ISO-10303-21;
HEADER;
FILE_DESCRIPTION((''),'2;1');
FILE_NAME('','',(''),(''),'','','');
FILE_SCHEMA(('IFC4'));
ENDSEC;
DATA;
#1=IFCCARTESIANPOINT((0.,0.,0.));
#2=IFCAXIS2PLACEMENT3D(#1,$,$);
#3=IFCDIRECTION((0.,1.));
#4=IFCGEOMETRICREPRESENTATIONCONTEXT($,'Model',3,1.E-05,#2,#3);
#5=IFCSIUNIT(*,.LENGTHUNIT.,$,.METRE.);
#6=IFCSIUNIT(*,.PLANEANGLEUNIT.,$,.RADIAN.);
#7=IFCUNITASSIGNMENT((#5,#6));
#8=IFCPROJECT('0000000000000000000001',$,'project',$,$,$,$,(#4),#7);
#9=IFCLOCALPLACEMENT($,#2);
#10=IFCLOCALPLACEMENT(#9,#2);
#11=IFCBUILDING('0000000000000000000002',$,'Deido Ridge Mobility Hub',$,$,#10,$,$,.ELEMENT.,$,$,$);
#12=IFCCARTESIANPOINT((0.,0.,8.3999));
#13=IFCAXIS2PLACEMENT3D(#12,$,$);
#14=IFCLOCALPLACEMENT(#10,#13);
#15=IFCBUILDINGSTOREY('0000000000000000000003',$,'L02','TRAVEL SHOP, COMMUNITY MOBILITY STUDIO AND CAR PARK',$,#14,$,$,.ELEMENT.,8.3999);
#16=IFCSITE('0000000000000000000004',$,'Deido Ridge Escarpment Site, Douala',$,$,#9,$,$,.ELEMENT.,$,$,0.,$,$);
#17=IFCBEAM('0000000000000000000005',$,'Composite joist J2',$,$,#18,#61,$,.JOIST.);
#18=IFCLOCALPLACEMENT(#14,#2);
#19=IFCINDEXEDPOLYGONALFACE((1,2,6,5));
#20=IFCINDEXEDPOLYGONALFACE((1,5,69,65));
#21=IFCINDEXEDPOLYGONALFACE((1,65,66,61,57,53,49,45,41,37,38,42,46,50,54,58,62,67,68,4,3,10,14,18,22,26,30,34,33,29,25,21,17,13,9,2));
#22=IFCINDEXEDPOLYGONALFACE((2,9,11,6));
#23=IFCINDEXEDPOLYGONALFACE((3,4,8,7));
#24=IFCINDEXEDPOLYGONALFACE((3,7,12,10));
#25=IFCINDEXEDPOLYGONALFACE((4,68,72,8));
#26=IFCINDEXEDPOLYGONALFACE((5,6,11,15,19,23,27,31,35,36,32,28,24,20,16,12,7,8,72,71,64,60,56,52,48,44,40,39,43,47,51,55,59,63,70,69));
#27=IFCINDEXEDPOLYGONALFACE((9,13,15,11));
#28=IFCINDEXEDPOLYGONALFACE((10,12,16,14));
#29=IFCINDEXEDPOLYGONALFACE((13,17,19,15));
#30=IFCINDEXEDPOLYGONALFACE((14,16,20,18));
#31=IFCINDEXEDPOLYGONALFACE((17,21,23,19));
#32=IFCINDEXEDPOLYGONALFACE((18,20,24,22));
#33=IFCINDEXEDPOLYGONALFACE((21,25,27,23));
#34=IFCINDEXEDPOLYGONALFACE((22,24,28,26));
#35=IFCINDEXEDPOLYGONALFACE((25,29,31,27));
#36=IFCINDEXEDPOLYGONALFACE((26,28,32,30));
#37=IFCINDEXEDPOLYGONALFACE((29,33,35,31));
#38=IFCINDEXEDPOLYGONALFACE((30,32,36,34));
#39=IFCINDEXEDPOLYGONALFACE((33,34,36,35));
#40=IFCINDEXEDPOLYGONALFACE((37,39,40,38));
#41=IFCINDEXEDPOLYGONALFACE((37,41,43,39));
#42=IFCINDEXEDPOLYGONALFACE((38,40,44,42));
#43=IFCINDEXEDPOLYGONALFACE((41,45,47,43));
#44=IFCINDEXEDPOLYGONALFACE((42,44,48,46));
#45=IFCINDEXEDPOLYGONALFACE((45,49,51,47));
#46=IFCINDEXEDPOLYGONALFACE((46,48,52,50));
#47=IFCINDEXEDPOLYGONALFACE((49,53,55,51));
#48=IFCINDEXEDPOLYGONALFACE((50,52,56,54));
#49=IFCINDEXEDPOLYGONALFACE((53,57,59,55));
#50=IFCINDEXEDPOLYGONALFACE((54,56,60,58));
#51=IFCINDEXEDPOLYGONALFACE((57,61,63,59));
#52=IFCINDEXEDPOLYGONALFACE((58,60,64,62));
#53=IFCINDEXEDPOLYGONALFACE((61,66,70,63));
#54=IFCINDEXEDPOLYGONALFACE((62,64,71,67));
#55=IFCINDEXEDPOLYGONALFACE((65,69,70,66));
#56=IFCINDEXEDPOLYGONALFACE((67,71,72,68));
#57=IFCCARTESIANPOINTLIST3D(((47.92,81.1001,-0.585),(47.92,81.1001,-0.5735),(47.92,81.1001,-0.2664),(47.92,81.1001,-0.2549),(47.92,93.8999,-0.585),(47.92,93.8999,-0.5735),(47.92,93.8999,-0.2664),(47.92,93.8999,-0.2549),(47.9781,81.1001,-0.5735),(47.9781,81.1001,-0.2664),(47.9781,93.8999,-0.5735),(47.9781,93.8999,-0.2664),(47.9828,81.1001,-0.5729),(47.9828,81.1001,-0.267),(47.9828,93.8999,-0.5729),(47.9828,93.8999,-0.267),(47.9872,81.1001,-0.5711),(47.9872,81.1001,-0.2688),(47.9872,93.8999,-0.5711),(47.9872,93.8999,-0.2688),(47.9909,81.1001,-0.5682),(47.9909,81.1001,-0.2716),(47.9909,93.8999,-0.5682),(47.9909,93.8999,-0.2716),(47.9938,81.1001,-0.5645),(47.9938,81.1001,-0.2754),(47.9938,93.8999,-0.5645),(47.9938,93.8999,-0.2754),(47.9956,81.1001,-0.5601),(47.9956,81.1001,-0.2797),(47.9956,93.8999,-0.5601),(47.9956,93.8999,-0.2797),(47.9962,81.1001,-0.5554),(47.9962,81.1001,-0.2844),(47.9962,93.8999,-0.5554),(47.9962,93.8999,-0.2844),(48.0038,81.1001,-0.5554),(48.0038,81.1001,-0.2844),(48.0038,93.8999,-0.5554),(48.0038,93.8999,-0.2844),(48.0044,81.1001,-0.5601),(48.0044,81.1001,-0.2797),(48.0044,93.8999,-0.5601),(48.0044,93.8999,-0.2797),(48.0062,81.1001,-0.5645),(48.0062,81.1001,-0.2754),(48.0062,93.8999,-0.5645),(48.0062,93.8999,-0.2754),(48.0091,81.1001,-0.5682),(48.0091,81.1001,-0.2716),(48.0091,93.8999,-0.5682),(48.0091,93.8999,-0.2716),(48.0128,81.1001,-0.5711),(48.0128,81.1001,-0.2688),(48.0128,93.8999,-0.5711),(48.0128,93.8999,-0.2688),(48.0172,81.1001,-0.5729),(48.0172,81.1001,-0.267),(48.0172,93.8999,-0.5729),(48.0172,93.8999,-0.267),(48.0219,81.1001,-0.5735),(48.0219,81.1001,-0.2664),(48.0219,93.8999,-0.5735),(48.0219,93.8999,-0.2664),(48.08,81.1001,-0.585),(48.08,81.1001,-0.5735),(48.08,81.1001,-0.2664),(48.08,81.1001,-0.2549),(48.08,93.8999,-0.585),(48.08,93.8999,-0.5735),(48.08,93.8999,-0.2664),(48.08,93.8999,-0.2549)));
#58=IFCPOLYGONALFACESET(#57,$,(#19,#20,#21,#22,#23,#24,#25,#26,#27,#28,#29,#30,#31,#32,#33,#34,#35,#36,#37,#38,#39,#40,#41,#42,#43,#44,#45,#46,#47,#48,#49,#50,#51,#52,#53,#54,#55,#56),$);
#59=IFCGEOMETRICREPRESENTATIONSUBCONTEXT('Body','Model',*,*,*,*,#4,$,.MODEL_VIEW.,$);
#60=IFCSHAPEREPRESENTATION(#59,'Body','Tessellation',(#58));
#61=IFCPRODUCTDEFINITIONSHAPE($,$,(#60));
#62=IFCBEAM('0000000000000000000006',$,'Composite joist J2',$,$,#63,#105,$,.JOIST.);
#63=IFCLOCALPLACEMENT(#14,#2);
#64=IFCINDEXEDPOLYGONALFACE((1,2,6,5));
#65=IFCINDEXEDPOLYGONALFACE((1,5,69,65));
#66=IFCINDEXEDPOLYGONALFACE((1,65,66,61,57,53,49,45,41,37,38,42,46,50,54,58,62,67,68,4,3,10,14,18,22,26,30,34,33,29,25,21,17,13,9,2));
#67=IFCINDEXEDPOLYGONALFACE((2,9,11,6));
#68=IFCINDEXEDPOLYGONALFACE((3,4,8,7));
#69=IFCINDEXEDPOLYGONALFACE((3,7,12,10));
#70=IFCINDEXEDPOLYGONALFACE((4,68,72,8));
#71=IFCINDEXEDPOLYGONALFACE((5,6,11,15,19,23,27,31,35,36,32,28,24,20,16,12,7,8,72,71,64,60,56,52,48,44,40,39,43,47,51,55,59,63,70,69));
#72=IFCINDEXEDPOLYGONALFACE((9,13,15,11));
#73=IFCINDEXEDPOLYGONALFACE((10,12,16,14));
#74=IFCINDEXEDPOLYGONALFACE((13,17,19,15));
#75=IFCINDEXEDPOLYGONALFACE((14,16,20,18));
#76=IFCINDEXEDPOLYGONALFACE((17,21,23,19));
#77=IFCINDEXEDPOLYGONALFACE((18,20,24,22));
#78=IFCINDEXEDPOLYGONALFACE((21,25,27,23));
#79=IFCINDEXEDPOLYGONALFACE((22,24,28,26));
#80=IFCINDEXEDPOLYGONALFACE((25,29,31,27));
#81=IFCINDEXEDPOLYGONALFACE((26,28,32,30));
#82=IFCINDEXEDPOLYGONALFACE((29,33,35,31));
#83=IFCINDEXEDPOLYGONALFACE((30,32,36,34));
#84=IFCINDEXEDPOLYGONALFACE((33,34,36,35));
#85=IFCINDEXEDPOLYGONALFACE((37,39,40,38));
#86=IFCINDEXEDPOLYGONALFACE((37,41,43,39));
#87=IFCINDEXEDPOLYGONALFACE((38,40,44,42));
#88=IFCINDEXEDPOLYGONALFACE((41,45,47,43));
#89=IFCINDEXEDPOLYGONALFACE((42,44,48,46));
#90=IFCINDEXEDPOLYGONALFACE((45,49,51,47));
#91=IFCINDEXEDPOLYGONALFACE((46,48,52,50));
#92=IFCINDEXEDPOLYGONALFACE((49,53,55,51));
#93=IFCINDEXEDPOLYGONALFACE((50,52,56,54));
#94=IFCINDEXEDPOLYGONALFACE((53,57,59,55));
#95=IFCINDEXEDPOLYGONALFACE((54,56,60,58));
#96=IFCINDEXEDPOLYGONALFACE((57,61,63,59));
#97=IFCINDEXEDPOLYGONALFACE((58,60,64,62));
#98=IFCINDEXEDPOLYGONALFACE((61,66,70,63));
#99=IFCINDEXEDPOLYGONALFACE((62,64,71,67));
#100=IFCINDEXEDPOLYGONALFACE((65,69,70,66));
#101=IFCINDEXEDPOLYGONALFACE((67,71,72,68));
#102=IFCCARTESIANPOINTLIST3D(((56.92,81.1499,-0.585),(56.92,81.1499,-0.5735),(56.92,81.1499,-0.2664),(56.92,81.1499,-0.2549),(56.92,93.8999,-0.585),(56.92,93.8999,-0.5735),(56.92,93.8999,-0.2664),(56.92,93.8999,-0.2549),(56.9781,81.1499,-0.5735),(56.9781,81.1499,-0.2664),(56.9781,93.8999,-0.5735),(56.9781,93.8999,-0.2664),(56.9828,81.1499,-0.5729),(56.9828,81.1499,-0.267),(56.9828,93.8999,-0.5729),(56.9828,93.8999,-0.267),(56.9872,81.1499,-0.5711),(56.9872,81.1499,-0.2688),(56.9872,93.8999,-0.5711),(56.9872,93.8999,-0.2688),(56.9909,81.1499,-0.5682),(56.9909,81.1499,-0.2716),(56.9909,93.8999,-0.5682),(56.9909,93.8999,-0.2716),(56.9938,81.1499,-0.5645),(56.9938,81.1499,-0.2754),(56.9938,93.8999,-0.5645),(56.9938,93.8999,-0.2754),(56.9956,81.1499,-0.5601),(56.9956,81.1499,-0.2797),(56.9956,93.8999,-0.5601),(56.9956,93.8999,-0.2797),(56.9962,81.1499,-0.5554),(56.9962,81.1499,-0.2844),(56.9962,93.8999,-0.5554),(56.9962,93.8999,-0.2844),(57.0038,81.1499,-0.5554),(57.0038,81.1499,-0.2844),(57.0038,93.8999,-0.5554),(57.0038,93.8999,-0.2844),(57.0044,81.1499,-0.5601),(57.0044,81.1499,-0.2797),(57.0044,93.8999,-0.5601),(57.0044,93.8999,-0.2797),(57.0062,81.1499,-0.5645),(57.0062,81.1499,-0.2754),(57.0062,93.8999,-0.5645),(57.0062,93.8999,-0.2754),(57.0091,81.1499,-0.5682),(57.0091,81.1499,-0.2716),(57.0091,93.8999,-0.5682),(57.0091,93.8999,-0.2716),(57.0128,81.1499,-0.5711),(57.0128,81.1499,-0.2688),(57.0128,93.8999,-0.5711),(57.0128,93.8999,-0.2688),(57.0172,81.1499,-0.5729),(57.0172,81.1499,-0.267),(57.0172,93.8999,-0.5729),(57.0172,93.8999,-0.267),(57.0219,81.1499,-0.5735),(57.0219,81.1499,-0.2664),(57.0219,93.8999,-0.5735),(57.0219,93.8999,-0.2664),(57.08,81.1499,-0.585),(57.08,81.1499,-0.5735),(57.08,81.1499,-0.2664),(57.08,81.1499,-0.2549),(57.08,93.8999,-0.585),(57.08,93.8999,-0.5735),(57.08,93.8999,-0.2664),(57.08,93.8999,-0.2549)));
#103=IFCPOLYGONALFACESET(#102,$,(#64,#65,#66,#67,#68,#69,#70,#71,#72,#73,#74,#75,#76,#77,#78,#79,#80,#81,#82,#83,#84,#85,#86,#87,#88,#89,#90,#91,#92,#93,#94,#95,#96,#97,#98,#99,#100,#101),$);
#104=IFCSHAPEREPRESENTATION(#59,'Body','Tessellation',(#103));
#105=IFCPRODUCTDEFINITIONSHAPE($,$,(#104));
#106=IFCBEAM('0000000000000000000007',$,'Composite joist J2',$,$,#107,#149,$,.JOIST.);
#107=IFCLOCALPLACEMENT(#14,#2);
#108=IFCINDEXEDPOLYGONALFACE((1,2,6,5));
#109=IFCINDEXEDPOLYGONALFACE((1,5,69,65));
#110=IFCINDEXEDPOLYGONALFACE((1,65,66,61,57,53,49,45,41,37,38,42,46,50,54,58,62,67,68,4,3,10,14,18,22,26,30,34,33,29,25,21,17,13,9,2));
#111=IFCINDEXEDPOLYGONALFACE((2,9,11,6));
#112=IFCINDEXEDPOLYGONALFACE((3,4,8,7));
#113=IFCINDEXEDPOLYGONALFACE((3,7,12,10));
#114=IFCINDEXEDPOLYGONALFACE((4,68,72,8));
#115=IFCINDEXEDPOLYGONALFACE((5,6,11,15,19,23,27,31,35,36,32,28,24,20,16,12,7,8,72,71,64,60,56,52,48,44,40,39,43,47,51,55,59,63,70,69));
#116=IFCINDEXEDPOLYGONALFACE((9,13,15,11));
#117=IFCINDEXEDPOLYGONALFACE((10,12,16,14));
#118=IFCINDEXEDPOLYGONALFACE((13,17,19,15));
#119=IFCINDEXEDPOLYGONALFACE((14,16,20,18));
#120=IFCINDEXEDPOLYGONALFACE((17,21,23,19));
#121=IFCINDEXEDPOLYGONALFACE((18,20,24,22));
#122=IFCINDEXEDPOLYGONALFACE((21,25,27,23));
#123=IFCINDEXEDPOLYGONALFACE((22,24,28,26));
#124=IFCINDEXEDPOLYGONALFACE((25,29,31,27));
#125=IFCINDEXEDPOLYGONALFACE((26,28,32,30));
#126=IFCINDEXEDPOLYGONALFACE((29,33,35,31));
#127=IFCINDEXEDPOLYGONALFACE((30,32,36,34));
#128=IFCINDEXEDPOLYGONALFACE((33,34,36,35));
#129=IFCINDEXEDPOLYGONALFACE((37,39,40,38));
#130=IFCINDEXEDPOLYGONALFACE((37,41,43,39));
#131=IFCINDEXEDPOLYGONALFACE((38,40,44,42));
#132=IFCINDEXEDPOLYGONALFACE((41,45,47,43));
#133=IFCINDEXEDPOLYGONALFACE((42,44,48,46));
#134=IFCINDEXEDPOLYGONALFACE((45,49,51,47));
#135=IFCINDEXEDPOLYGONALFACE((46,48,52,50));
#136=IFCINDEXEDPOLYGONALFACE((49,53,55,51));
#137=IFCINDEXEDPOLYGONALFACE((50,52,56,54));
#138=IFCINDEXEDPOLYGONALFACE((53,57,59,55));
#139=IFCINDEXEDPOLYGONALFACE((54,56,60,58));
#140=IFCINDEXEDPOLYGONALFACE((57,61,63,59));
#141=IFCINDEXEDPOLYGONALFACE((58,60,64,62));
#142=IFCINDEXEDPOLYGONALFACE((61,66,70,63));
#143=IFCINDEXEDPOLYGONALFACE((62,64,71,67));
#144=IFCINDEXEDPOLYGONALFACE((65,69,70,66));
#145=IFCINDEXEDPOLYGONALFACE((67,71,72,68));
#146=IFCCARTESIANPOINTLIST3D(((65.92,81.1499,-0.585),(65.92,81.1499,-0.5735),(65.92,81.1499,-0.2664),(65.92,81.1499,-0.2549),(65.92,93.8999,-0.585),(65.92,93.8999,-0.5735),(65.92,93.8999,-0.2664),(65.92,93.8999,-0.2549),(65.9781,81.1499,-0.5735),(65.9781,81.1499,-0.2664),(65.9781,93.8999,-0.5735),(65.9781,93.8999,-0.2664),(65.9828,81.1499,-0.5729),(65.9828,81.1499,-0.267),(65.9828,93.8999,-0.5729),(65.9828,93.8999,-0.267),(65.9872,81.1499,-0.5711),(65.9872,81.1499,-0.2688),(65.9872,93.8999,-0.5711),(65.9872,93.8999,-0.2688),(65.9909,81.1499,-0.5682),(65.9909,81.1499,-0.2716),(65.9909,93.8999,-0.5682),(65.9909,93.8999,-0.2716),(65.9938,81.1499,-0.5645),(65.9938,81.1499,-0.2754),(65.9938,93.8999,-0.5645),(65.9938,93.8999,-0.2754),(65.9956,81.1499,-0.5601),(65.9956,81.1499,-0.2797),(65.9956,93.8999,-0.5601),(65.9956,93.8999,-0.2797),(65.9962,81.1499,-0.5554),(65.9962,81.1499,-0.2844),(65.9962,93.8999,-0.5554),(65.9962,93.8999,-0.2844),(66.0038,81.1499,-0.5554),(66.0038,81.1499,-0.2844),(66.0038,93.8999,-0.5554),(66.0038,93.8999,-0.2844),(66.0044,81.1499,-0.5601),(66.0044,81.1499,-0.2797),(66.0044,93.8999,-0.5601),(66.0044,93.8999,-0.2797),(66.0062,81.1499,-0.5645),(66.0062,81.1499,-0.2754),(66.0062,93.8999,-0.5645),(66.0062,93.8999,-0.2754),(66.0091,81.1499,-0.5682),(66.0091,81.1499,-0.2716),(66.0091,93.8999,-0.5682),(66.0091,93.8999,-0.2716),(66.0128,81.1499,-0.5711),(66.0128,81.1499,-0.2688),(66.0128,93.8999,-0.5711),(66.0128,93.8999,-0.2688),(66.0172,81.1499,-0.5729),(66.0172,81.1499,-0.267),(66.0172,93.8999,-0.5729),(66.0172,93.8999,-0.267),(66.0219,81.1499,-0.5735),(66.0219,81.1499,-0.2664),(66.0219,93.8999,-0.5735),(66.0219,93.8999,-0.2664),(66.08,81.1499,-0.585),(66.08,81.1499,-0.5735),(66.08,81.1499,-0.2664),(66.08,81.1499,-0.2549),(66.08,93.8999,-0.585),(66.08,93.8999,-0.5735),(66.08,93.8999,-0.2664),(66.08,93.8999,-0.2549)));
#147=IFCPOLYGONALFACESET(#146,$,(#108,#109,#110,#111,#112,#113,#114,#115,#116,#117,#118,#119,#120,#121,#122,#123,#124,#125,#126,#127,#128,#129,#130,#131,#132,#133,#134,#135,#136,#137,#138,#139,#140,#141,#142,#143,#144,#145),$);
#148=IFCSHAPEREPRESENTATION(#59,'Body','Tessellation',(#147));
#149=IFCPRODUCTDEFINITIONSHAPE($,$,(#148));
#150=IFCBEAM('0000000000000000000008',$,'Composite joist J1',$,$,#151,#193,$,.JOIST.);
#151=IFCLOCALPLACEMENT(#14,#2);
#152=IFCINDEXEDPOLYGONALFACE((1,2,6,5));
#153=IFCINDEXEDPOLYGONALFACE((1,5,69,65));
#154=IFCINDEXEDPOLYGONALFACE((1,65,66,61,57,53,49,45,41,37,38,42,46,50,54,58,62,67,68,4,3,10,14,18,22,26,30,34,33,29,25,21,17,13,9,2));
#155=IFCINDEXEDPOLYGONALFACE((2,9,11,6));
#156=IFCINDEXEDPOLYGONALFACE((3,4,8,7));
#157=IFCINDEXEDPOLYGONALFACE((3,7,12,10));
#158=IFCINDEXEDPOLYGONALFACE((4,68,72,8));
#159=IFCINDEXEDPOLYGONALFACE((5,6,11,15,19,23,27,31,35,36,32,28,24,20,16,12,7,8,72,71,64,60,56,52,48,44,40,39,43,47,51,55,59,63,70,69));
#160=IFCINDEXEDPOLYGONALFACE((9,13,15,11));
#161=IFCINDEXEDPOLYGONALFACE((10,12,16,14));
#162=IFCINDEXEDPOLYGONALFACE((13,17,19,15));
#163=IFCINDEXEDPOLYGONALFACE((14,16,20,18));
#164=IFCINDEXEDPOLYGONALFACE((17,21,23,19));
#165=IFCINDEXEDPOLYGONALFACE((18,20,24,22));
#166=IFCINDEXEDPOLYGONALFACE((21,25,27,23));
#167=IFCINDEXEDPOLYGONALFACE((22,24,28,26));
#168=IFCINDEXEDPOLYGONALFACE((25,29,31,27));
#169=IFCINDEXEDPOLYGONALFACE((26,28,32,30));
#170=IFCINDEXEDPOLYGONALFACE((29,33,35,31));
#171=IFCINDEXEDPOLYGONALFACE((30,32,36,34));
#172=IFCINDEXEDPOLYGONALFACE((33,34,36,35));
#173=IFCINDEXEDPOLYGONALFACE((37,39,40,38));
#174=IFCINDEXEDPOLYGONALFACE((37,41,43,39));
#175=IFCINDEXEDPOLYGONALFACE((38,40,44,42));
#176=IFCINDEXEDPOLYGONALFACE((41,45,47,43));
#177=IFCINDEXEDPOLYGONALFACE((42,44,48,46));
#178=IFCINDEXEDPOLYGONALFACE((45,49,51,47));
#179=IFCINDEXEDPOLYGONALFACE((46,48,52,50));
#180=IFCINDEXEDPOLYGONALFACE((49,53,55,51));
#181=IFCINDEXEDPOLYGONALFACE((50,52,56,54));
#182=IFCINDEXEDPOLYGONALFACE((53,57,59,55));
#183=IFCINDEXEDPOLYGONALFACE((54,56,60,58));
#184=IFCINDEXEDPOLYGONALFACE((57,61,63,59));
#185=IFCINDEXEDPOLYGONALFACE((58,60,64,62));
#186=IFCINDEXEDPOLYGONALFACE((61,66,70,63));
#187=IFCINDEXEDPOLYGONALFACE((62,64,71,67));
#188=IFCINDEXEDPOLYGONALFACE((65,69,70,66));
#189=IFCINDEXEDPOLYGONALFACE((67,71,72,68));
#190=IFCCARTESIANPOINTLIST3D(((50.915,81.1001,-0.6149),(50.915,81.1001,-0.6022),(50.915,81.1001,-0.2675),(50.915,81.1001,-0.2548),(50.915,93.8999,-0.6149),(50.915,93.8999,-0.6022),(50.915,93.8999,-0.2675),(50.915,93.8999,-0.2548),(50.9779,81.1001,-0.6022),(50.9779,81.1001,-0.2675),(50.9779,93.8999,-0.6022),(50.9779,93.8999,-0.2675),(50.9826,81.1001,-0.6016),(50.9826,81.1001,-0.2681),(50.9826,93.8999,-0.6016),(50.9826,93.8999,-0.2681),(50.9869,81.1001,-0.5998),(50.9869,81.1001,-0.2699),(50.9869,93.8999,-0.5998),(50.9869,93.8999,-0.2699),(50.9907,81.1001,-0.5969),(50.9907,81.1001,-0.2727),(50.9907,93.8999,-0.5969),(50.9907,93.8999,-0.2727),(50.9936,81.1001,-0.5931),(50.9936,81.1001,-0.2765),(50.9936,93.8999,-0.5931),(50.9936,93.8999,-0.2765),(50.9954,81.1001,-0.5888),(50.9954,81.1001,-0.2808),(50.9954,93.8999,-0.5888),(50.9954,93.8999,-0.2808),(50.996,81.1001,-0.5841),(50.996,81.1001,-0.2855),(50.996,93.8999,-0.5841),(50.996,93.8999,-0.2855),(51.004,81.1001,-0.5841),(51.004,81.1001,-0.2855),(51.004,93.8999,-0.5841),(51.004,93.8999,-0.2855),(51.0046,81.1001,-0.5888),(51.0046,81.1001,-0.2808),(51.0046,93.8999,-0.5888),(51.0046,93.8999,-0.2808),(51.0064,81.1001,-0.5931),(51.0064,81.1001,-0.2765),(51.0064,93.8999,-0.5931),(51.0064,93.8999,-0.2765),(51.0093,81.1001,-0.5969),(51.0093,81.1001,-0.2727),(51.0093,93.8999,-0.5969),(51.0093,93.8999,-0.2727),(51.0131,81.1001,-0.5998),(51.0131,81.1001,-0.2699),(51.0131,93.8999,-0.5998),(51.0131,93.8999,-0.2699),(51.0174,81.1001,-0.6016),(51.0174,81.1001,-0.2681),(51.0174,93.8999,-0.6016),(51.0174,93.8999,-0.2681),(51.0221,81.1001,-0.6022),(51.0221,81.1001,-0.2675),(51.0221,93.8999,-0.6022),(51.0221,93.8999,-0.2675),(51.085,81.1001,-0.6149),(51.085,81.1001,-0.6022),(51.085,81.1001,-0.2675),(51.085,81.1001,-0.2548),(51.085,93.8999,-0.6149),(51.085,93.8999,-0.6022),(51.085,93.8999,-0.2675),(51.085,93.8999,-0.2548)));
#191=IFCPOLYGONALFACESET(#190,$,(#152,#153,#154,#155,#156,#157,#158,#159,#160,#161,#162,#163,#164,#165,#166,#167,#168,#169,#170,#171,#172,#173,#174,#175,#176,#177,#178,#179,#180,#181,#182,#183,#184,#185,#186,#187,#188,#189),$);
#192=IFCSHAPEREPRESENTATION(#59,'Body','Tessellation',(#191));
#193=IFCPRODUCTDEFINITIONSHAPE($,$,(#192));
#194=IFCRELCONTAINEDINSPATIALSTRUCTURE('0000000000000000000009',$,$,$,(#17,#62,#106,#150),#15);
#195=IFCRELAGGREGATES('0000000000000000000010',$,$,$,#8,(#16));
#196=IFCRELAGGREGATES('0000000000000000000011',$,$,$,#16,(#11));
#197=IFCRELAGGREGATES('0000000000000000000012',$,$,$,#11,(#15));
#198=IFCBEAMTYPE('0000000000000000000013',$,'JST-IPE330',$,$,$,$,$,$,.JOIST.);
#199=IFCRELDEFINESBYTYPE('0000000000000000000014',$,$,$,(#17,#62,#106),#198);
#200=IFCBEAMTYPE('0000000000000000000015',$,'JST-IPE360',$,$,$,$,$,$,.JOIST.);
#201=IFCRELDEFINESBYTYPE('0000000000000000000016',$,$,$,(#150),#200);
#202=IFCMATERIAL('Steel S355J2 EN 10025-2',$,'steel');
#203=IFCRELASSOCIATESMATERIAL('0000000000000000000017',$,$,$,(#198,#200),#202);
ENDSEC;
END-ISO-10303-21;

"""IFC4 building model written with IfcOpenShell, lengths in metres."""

from ifc_helpers import new_model, si_unit, direction, frame, origin, origin_2d, place, context, subcontext, project, spatial, i_section, extrude, material, material_profile, profile_set, type_object, element, save


model = new_model("IFC4")

# Units and contexts
model_context = context("Model", 3, precision=1e-05, world=origin(), true_north=direction((0.0, 1.0)))
body_context = subcontext(model_context, "Body", "Model", "MODEL_VIEW")
ifc_project = project(units=[si_unit("LENGTHUNIT", "METRE"), si_unit("PLANEANGLEUNIT", "RADIAN")], contexts=[model_context])

# Site, building, storey
site_placement = place(None, origin())
site = spatial("IfcSite", under=ifc_project, at=site_placement, Name="Deido Ridge Escarpment Site, Douala", CompositionType="ELEMENT", RefElevation=0.0)
building_placement = place(site_placement, origin())
building = spatial("IfcBuilding", under=site, at=building_placement, Name="Deido Ridge Mobility Hub", CompositionType="ELEMENT")
storey_placement = place(building_placement, frame((0.0, 0.0, 8.3999)))
storey = spatial("IfcBuildingStorey", under=building, at=storey_placement, Name="L02", Description="TRAVEL SHOP, COMMUNITY MOBILITY STUDIO AND CAR PARK", CompositionType="ELEMENT", Elevation=8.3999)

# Beams
ifc_material_1 = material(Name="Steel S355J2 EN 10025-2", Category="steel")
ifc_material_profile_1 = material_profile(ifc_material_1, i_section(OverallWidth=0.1599, OverallDepth=0.3301, WebThickness=0.0076, FlangeThickness=0.0115, FilletRadius=0.0181, at=origin_2d()), Name="IPE 330")
ifc_profile_set_1 = profile_set([ifc_material_profile_1], Name="Steel S355J2 EN 10025-2")
beam_type_1 = type_object("IfcBeamType", Name="JST-IPE330", PredefinedType="JOIST", material=ifc_profile_set_1)
beam_1_placement = place(storey_placement, frame((48.0, 81.1001, -0.4199), z_axis=(0.0, 1.0, 0.0), x_axis=(-1.0, 0.0, 0.0)))
element("IfcBeam", 1, at=beam_1_placement, inside=storey, type_object=beam_type_1, Name="Composite joist J2", PredefinedType="JOIST", context=body_context, shape_type="SweptSolid", body=[
    extrude(i_section(OverallWidth=0.1599, OverallDepth=0.3301, WebThickness=0.0076, FlangeThickness=0.0115, FilletRadius=0.0181, at=origin_2d()), origin(), (0.0, 0.0, 1.0), 12.7998),
])
for number, where, z_axis, x_axis, name in (
    (2, (57.0, 81.1499, -0.4199), (0.0, 1.0, 0.0), (-1.0, 0.0, 0.0), "Composite joist J2"),
    (3, (66.0, 81.1499, -0.4199), (0.0, 1.0, 0.0), (-1.0, 0.0, 0.0), "Composite joist J2"),
):
    element("IfcBeam", number, at=place(storey_placement, frame(where, z_axis=z_axis, x_axis=x_axis)), inside=storey, type_object=beam_type_1, Name=name, PredefinedType="JOIST", context=body_context, shape_type="SweptSolid", body=[
        extrude(i_section(OverallWidth=0.1599, OverallDepth=0.3301, WebThickness=0.0076, FlangeThickness=0.0115, FilletRadius=0.0181, at=origin_2d()), origin(), (0.0, 0.0, 1.0), 12.75),
    ])
ifc_material_profile_2 = material_profile(ifc_material_1, i_section(OverallWidth=0.1699, OverallDepth=0.3601, WebThickness=0.0081, FlangeThickness=0.0127, FilletRadius=0.0181, at=origin_2d()), Name="IPE 360")
ifc_profile_set_2 = profile_set([ifc_material_profile_2], Name="Steel S355J2 EN 10025-2")
beam_type_2 = type_object("IfcBeamType", Name="JST-IPE360", PredefinedType="JOIST", material=ifc_profile_set_2)
beam_2_placement = place(storey_placement, frame((51.0, 81.1001, -0.4348), z_axis=(0.0, 1.0, 0.0), x_axis=(-1.0, 0.0, 0.0)))
element("IfcBeam", 4, at=beam_2_placement, inside=storey, type_object=beam_type_2, Name="Composite joist J1", PredefinedType="JOIST", context=body_context, shape_type="SweptSolid", body=[
    extrude(i_section(OverallWidth=0.1699, OverallDepth=0.3601, WebThickness=0.0081, FlangeThickness=0.0127, FilletRadius=0.0181, at=origin_2d()), origin(), (0.0, 0.0, 1.0), 12.7998),
])

save(model, "model.ifc")
